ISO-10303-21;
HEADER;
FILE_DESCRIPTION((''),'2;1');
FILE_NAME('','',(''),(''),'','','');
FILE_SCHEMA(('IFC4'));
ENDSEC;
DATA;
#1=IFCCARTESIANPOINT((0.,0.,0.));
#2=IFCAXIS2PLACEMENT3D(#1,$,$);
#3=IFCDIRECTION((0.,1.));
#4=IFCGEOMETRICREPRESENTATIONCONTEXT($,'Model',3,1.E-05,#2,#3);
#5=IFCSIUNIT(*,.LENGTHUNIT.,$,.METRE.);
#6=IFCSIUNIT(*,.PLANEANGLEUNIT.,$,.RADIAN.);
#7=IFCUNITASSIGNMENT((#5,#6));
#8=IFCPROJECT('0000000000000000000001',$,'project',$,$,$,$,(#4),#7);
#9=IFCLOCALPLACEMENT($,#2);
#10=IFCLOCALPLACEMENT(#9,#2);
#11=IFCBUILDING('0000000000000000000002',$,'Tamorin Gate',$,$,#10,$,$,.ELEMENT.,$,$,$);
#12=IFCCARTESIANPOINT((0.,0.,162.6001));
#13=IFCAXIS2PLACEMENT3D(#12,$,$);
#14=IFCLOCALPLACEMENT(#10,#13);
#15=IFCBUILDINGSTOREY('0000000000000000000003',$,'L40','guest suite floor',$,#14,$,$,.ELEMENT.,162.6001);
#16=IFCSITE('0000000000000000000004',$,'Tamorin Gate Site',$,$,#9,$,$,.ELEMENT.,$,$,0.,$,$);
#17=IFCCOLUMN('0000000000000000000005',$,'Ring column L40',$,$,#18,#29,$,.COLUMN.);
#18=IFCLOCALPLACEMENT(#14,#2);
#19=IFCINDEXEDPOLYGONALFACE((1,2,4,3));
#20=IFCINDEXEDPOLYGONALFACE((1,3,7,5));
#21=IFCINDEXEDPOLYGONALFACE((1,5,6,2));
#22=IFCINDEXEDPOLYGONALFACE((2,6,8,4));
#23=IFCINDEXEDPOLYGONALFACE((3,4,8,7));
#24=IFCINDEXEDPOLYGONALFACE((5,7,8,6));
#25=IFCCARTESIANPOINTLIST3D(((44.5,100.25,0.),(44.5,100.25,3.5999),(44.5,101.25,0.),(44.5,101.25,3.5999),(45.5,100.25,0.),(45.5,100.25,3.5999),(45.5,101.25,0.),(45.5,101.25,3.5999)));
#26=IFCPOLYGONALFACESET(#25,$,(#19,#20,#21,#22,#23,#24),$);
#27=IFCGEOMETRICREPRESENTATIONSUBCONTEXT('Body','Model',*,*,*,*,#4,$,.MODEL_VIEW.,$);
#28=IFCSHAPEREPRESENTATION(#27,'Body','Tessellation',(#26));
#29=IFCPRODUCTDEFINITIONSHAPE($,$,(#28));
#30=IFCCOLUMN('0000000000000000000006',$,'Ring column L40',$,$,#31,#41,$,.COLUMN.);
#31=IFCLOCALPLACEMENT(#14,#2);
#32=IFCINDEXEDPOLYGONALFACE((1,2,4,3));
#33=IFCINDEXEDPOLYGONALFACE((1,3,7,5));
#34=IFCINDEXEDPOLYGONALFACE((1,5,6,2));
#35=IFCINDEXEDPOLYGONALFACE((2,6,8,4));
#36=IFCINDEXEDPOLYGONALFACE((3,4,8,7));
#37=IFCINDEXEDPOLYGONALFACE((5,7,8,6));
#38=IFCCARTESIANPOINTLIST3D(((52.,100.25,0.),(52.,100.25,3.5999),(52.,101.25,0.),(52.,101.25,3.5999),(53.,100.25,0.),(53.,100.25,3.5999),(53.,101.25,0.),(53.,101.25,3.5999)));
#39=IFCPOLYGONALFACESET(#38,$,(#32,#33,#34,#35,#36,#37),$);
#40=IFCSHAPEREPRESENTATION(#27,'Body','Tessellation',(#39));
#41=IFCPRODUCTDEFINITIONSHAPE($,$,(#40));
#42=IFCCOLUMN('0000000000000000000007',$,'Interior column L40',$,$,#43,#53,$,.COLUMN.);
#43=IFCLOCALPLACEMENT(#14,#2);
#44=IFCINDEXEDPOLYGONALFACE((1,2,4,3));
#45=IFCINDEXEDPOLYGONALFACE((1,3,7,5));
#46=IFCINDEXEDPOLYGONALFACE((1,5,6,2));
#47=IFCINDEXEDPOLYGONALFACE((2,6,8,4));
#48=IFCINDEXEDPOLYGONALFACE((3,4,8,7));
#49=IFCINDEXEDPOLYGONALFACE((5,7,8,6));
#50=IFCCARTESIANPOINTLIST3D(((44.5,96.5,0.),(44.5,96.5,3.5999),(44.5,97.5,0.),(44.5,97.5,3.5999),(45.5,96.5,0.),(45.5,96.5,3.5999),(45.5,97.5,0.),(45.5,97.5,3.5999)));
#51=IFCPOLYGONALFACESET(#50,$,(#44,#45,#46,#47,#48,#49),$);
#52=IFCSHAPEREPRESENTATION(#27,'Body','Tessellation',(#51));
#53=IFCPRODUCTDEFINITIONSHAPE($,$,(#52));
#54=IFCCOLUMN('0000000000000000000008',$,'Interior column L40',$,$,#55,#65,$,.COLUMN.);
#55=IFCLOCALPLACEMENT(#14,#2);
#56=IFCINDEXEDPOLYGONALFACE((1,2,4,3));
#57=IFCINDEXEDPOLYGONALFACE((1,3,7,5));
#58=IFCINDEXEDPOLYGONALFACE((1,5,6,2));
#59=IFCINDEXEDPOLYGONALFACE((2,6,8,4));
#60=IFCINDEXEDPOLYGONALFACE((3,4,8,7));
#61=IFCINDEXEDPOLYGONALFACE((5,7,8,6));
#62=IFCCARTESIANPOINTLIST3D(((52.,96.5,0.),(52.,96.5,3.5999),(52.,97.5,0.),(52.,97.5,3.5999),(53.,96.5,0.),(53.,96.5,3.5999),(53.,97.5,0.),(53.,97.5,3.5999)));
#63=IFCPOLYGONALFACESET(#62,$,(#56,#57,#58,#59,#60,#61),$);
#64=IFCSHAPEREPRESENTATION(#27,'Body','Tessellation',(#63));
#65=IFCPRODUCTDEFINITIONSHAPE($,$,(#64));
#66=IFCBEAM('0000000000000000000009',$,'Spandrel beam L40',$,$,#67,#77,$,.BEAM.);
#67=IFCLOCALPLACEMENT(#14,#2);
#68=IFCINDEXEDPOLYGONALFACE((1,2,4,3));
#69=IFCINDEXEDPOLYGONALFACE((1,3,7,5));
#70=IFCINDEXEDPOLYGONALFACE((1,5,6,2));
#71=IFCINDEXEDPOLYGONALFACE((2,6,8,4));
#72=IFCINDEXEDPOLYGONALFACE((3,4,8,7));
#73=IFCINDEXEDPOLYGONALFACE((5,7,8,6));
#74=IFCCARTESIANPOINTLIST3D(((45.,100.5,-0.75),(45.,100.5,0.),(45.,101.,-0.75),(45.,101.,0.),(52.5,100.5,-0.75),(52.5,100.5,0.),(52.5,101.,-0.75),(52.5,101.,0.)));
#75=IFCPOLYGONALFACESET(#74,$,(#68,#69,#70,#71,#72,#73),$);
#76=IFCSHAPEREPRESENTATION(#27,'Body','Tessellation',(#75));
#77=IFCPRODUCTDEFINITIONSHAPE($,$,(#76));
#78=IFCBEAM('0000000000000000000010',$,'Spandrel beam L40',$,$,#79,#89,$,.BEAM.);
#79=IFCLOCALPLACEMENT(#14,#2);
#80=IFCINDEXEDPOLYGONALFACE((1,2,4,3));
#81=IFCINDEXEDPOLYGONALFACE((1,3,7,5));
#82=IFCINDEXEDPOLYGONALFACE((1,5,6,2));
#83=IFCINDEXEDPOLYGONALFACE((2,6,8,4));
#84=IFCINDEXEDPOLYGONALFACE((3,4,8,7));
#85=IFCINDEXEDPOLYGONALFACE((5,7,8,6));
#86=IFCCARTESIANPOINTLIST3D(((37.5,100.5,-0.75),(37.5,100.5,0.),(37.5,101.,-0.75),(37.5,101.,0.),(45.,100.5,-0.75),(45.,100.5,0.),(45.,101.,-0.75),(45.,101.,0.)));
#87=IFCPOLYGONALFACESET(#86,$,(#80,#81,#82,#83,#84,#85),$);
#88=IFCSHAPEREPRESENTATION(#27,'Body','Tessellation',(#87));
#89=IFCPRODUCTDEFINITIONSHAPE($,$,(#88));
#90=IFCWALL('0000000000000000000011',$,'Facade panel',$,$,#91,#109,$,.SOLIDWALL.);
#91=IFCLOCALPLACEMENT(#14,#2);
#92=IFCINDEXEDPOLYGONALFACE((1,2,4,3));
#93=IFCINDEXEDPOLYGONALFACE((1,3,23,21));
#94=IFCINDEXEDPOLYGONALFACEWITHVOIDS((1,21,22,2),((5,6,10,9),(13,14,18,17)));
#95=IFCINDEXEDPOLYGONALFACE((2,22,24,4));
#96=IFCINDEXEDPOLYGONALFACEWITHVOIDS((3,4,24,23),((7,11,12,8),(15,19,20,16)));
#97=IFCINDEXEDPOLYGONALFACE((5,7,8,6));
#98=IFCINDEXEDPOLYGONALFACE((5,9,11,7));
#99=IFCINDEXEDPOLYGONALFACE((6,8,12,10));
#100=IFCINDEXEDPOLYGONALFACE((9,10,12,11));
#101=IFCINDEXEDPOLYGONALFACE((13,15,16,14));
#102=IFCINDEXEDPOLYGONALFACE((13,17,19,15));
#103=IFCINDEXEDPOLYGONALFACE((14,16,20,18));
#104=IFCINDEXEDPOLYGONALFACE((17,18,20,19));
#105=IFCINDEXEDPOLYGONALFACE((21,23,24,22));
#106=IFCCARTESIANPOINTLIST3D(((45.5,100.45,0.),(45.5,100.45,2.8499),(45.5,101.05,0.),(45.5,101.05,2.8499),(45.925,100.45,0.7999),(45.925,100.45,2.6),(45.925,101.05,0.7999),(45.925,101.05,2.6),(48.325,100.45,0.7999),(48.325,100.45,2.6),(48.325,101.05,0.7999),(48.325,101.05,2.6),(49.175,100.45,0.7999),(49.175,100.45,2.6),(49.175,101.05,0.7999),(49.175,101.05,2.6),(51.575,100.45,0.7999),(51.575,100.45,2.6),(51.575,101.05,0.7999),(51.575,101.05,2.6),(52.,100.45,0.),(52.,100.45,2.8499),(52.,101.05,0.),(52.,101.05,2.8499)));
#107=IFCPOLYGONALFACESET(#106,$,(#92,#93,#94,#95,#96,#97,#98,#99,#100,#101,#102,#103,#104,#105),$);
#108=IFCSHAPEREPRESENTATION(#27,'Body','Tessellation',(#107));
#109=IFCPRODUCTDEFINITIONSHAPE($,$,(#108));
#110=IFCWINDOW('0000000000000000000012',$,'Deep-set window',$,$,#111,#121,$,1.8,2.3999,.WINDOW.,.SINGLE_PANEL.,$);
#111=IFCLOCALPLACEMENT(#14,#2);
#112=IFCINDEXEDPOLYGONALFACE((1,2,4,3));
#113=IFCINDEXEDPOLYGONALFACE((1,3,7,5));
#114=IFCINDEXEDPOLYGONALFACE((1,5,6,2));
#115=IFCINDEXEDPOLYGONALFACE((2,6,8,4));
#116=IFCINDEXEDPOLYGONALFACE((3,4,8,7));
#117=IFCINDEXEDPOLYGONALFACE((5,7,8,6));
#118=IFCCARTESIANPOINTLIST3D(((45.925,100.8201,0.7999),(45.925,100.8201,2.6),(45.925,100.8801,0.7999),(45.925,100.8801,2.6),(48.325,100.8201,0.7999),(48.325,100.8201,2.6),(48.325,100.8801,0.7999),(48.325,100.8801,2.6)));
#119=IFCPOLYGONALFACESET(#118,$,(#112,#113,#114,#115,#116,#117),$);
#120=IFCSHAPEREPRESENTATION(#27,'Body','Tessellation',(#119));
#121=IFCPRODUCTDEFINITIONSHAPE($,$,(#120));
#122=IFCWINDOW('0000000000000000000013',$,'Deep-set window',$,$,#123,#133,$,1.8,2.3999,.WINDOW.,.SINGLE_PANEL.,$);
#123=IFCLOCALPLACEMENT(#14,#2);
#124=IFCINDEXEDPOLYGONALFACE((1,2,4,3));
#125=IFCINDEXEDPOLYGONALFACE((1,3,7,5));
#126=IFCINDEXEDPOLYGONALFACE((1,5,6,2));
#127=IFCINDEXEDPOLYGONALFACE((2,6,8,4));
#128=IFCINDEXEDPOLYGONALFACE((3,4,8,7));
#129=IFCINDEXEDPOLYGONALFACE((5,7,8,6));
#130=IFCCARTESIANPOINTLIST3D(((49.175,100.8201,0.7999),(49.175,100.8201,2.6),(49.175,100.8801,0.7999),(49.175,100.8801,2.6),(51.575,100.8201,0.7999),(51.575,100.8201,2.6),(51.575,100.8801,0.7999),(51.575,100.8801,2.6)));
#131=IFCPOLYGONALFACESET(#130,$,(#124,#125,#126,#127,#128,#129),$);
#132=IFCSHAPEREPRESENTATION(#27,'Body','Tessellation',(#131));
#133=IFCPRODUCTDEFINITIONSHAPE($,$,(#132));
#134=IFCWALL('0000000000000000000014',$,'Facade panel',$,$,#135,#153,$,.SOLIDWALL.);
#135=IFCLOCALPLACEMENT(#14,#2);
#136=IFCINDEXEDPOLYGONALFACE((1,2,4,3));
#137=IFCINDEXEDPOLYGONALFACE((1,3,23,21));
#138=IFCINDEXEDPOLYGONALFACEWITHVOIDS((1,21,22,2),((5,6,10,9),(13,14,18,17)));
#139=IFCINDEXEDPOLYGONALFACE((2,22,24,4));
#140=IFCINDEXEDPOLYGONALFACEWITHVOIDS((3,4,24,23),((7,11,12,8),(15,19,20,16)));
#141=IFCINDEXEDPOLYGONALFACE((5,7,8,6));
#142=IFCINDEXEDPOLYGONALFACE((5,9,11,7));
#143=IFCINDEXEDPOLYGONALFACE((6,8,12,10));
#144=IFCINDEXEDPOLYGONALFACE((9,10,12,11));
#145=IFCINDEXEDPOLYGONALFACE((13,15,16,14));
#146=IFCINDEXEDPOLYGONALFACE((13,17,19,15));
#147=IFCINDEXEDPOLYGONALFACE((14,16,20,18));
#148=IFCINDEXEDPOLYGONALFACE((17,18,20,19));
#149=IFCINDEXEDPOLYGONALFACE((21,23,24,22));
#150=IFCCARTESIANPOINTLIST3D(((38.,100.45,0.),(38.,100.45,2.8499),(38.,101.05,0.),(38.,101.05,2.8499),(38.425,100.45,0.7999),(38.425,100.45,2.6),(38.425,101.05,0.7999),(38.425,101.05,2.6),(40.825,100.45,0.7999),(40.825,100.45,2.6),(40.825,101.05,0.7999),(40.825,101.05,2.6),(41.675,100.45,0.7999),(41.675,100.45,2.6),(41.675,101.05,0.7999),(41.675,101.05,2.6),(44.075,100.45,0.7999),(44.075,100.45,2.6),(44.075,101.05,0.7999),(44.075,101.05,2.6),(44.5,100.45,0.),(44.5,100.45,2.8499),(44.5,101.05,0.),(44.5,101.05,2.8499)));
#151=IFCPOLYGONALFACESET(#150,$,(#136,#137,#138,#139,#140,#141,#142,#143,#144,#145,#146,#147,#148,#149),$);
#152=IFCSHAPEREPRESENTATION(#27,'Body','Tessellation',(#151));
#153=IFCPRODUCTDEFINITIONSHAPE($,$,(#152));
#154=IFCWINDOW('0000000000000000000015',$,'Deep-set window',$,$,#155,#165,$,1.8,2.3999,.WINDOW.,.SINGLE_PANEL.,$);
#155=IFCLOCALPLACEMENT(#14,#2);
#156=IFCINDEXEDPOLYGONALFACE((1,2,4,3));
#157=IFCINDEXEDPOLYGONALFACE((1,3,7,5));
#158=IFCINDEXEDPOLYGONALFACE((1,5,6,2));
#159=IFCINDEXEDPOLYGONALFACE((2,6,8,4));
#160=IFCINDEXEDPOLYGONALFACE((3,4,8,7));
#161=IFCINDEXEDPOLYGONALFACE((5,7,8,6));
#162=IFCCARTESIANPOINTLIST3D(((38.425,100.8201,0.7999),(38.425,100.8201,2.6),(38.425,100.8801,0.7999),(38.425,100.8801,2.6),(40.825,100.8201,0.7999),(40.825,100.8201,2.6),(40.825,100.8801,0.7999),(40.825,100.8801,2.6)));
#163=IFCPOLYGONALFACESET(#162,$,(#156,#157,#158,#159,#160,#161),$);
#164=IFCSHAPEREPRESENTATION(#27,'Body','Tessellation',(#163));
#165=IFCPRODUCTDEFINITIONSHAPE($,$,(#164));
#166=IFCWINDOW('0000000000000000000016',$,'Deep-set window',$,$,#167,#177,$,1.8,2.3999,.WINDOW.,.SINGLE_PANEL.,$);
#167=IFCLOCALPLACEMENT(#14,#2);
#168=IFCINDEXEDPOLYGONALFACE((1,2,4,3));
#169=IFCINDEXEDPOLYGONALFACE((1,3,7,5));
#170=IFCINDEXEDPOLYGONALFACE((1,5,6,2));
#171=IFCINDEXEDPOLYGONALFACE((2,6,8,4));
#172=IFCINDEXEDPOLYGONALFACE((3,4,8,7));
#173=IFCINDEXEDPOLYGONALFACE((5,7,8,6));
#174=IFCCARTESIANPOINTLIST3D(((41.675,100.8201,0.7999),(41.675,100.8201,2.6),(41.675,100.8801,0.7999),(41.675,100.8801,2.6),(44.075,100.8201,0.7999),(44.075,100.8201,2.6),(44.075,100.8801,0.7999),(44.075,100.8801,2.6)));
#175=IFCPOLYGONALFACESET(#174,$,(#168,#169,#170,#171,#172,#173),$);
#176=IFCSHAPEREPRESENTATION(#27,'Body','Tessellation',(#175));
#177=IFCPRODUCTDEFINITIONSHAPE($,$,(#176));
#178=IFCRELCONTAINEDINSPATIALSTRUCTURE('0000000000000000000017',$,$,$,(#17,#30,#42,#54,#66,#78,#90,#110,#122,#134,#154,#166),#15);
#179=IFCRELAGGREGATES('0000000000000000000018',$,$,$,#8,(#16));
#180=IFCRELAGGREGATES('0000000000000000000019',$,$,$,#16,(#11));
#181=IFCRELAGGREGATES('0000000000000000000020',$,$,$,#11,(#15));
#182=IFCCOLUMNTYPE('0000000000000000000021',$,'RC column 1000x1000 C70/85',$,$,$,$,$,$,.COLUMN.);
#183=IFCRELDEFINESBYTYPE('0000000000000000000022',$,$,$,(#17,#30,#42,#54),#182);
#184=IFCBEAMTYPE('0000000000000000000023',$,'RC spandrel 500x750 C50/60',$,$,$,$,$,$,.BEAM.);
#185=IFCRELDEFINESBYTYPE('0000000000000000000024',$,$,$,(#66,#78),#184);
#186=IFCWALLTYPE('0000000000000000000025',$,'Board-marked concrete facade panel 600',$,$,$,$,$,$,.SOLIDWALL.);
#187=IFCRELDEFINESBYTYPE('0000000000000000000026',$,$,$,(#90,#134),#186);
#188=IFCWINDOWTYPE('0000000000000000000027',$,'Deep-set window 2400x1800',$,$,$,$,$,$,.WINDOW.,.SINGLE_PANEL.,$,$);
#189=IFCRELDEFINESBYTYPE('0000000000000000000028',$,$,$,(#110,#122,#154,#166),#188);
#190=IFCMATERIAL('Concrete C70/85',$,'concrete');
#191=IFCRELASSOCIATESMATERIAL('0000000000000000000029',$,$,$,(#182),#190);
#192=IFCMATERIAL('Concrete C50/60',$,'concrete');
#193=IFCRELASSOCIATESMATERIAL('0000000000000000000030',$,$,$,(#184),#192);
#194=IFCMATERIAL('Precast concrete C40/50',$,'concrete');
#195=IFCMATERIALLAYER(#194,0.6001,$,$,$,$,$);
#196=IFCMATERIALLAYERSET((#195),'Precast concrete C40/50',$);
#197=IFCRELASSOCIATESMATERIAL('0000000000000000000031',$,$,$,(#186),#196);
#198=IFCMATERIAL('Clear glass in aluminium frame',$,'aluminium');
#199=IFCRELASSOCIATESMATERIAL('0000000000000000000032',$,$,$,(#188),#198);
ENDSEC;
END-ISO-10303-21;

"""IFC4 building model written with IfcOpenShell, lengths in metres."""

from ifc_helpers import new_model, si_unit, direction, frame, frame_2d, origin, origin_2d, place, context, subcontext, project, spatial, rectangle, extrude, material, layer, layer_set, material_profile, profile_set, type_object, element, fill, save


model = new_model("IFC4")

# Units and contexts
model_context = context("Model", 3, precision=1e-05, world=origin(), true_north=direction((0.0, 1.0)))
body_context = subcontext(model_context, "Body", "Model", "MODEL_VIEW")
ifc_project = project(units=[si_unit("LENGTHUNIT", "METRE"), si_unit("PLANEANGLEUNIT", "RADIAN")], contexts=[model_context])

# Site, building, storey
site_placement = place(None, origin())
site = spatial("IfcSite", under=ifc_project, at=site_placement, Name="Tamorin Gate Site", CompositionType="ELEMENT", RefElevation=0.0)
building_placement = place(site_placement, origin())
building = spatial("IfcBuilding", under=site, at=building_placement, Name="Tamorin Gate", CompositionType="ELEMENT")
storey_placement = place(building_placement, frame((0.0, 0.0, 162.6001)))
storey = spatial("IfcBuildingStorey", under=building, at=storey_placement, Name="L40", Description="guest suite floor", CompositionType="ELEMENT", Elevation=162.6001)

# Columns
ifc_material_1 = material(Name="Concrete C70/85", Category="concrete")
ifc_material_profile_1 = material_profile(ifc_material_1, rectangle(XDim=1.0, YDim=1.0, at=origin_2d()), Name="RC 1000x1000")
ifc_profile_set_1 = profile_set([ifc_material_profile_1], Name="Concrete C70/85")
column_type = type_object("IfcColumnType", Name="RC column 1000x1000 C70/85", PredefinedType="COLUMN", material=ifc_profile_set_1)
for number, where, z_axis, x_axis, name in (
    (1, (45.0, 100.75, 0.0), (0.0, 0.0, 1.0), (1.0, 0.0, 0.0), "Ring column L40"),
    (2, (52.5, 100.75, 0.0), (0.0, 0.0, 1.0), (1.0, 0.0, 0.0), "Ring column L40"),
    (3, (45.0, 97.0, 0.0), (0.0, 0.0, 1.0), (1.0, 0.0, 0.0), "Interior column L40"),
    (4, (52.5, 97.0, 0.0), (0.0, 0.0, 1.0), (1.0, 0.0, 0.0), "Interior column L40"),
):
    element("IfcColumn", number, at=place(storey_placement, frame(where, z_axis=z_axis, x_axis=x_axis)), inside=storey, type_object=column_type, Name=name, PredefinedType="COLUMN", context=body_context, shape_type="SweptSolid", body=[
        extrude(rectangle(XDim=1.0, YDim=1.0, at=origin_2d()), origin(), (0.0, 0.0, 1.0), 3.5999),
    ])

# Beams
ifc_material_2 = material(Name="Concrete C50/60", Category="concrete")
ifc_material_profile_2 = material_profile(ifc_material_2, rectangle(XDim=0.5, YDim=0.75, at=origin_2d()), Name="RC 500x750")
ifc_profile_set_2 = profile_set([ifc_material_profile_2], Name="Concrete C50/60")
beam_type = type_object("IfcBeamType", Name="RC spandrel 500x750 C50/60", PredefinedType="BEAM", material=ifc_profile_set_2)
for number, where, z_axis, x_axis, name in (
    (5, (52.5, 100.75, -0.375), (-1.0, 0.0, 0.0), (0.0, -1.0, 0.0), "Spandrel beam L40"),
    (6, (45.0, 100.75, -0.375), (-1.0, 0.0, 0.0), (0.0, -1.0, 0.0), "Spandrel beam L40"),
):
    element("IfcBeam", number, at=place(storey_placement, frame(where, z_axis=z_axis, x_axis=x_axis)), inside=storey, type_object=beam_type, Name=name, PredefinedType="BEAM", context=body_context, shape_type="SweptSolid", body=[
        extrude(rectangle(XDim=0.5, YDim=0.75, at=origin_2d()), origin(), (0.0, 0.0, 1.0), 7.5),
    ])

# Walls, openings, windows
ifc_material_3 = material(Name="Precast concrete C40/50", Category="concrete")
ifc_layer_1 = layer(ifc_material_3, 0.6001)
ifc_layer_set_1 = layer_set([ifc_layer_1], Name="Precast concrete C40/50")
wall_type_1 = type_object("IfcWallType", Name="Board-marked concrete facade panel 600", PredefinedType="SOLIDWALL", material=ifc_layer_set_1)
wall_1_placement = place(storey_placement, frame((52.0, 100.75, 0.0), z_axis=(0.0, 0.0, 1.0), x_axis=(-1.0, 0.0, 0.0)))
wall_1 = element("IfcWall", 7, at=wall_1_placement, inside=storey, type_object=wall_type_1, Name="Facade panel", PredefinedType="SOLIDWALL", context=body_context, shape_type="SweptSolid", body=[
    extrude(rectangle(XDim=6.5, YDim=0.6001, at=frame_2d((3.25, 0.0))), origin(), (0.0, 0.0, 1.0), 2.8499),
])
opening_1_placement = place(wall_1_placement, frame((3.675, 0.0, 0.8)))
opening_1 = element("IfcOpeningElement", 8, at=opening_1_placement, cuts=wall_1, PredefinedType="OPENING", context=body_context, shape_type="SweptSolid", body=[
    extrude(rectangle(XDim=2.3999, YDim=1.8, at=frame_2d((1.2, 0.8999))), frame((0.0, 0.3101, 0.0), z_axis=(0.0, -1.0, 0.0), x_axis=(1.0, 0.0, 0.0)), (0.0, 0.0, 1.0), 0.6201),
])
opening_2_placement = place(wall_1_placement, frame((0.425, 0.0, 0.8)))
opening_2 = element("IfcOpeningElement", 9, at=opening_2_placement, cuts=wall_1, PredefinedType="OPENING", context=body_context, shape_type="SweptSolid", body=[
    extrude(rectangle(XDim=2.3999, YDim=1.8, at=frame_2d((1.2, 0.8999))), frame((0.0, 0.3101, 0.0), z_axis=(0.0, -1.0, 0.0), x_axis=(1.0, 0.0, 0.0)), (0.0, 0.0, 1.0), 0.6201),
])
ifc_material_4 = material(Name="Clear glass in aluminium frame", Category="aluminium")
window_type = type_object("IfcWindowType", Name="Deep-set window 2400x1800", PartitioningType="SINGLE_PANEL", PredefinedType="WINDOW", material=ifc_material_4)
window_1_placement = place(opening_1_placement, origin())
window_1 = element("IfcWindow", 10, at=window_1_placement, inside=storey, type_object=window_type, Name="Deep-set window", OverallHeight=1.8, OverallWidth=2.3999, PartitioningType="SINGLE_PANEL", PredefinedType="WINDOW", context=body_context, shape_type="SweptSolid", body=[
    extrude(rectangle(XDim=2.3999, YDim=1.8, at=frame_2d((1.2, 0.8999))), frame((0.0, -0.0701, 0.0), z_axis=(0.0, -1.0, 0.0), x_axis=(1.0, 0.0, 0.0)), (0.0, 0.0, 1.0), 0.0601),
])
fill(opening_1, window_1)
window_2_placement = place(opening_2_placement, origin())
window_2 = element("IfcWindow", 11, at=window_2_placement, inside=storey, type_object=window_type, Name="Deep-set window", OverallHeight=1.8, OverallWidth=2.3999, PartitioningType="SINGLE_PANEL", PredefinedType="WINDOW", context=body_context, shape_type="SweptSolid", body=[
    extrude(rectangle(XDim=2.3999, YDim=1.8, at=frame_2d((1.2, 0.8999))), frame((0.0, -0.0701, 0.0), z_axis=(0.0, -1.0, 0.0), x_axis=(1.0, 0.0, 0.0)), (0.0, 0.0, 1.0), 0.0601),
])
fill(opening_2, window_2)
wall_2_placement = place(storey_placement, frame((44.5, 100.75, 0.0), z_axis=(0.0, 0.0, 1.0), x_axis=(-1.0, 0.0, 0.0)))
wall_2 = element("IfcWall", 12, at=wall_2_placement, inside=storey, type_object=wall_type_1, Name="Facade panel", PredefinedType="SOLIDWALL", context=body_context, shape_type="SweptSolid", body=[
    extrude(rectangle(XDim=6.5, YDim=0.6001, at=frame_2d((3.25, 0.0))), origin(), (0.0, 0.0, 1.0), 2.8499),
])
opening_3_placement = place(wall_2_placement, frame((3.675, 0.0, 0.8)))
opening_3 = element("IfcOpeningElement", 13, at=opening_3_placement, cuts=wall_2, PredefinedType="OPENING", context=body_context, shape_type="SweptSolid", body=[
    extrude(rectangle(XDim=2.3999, YDim=1.8, at=frame_2d((1.2, 0.8999))), frame((0.0, 0.3101, 0.0), z_axis=(0.0, -1.0, 0.0), x_axis=(1.0, 0.0, 0.0)), (0.0, 0.0, 1.0), 0.6201),
])
opening_4_placement = place(wall_2_placement, frame((0.425, 0.0, 0.8)))
opening_4 = element("IfcOpeningElement", 14, at=opening_4_placement, cuts=wall_2, PredefinedType="OPENING", context=body_context, shape_type="SweptSolid", body=[
    extrude(rectangle(XDim=2.3999, YDim=1.8, at=frame_2d((1.2, 0.8999))), frame((0.0, 0.3101, 0.0), z_axis=(0.0, -1.0, 0.0), x_axis=(1.0, 0.0, 0.0)), (0.0, 0.0, 1.0), 0.6201),
])
window_3_placement = place(opening_3_placement, origin())
window_3 = element("IfcWindow", 15, at=window_3_placement, inside=storey, type_object=window_type, Name="Deep-set window", OverallHeight=1.8, OverallWidth=2.3999, PartitioningType="SINGLE_PANEL", PredefinedType="WINDOW", context=body_context, shape_type="SweptSolid", body=[
    extrude(rectangle(XDim=2.3999, YDim=1.8, at=frame_2d((1.2, 0.8999))), frame((0.0, -0.0701, 0.0), z_axis=(0.0, -1.0, 0.0), x_axis=(1.0, 0.0, 0.0)), (0.0, 0.0, 1.0), 0.0601),
])
fill(opening_3, window_3)
window_4_placement = place(opening_4_placement, origin())
window_4 = element("IfcWindow", 16, at=window_4_placement, inside=storey, type_object=window_type, Name="Deep-set window", OverallHeight=1.8, OverallWidth=2.3999, PartitioningType="SINGLE_PANEL", PredefinedType="WINDOW", context=body_context, shape_type="SweptSolid", body=[
    extrude(rectangle(XDim=2.3999, YDim=1.8, at=frame_2d((1.2, 0.8999))), frame((0.0, -0.0701, 0.0), z_axis=(0.0, -1.0, 0.0), x_axis=(1.0, 0.0, 0.0)), (0.0, 0.0, 1.0), 0.0601),
])
fill(opening_4, window_4)

save(model, "model.ifc")
